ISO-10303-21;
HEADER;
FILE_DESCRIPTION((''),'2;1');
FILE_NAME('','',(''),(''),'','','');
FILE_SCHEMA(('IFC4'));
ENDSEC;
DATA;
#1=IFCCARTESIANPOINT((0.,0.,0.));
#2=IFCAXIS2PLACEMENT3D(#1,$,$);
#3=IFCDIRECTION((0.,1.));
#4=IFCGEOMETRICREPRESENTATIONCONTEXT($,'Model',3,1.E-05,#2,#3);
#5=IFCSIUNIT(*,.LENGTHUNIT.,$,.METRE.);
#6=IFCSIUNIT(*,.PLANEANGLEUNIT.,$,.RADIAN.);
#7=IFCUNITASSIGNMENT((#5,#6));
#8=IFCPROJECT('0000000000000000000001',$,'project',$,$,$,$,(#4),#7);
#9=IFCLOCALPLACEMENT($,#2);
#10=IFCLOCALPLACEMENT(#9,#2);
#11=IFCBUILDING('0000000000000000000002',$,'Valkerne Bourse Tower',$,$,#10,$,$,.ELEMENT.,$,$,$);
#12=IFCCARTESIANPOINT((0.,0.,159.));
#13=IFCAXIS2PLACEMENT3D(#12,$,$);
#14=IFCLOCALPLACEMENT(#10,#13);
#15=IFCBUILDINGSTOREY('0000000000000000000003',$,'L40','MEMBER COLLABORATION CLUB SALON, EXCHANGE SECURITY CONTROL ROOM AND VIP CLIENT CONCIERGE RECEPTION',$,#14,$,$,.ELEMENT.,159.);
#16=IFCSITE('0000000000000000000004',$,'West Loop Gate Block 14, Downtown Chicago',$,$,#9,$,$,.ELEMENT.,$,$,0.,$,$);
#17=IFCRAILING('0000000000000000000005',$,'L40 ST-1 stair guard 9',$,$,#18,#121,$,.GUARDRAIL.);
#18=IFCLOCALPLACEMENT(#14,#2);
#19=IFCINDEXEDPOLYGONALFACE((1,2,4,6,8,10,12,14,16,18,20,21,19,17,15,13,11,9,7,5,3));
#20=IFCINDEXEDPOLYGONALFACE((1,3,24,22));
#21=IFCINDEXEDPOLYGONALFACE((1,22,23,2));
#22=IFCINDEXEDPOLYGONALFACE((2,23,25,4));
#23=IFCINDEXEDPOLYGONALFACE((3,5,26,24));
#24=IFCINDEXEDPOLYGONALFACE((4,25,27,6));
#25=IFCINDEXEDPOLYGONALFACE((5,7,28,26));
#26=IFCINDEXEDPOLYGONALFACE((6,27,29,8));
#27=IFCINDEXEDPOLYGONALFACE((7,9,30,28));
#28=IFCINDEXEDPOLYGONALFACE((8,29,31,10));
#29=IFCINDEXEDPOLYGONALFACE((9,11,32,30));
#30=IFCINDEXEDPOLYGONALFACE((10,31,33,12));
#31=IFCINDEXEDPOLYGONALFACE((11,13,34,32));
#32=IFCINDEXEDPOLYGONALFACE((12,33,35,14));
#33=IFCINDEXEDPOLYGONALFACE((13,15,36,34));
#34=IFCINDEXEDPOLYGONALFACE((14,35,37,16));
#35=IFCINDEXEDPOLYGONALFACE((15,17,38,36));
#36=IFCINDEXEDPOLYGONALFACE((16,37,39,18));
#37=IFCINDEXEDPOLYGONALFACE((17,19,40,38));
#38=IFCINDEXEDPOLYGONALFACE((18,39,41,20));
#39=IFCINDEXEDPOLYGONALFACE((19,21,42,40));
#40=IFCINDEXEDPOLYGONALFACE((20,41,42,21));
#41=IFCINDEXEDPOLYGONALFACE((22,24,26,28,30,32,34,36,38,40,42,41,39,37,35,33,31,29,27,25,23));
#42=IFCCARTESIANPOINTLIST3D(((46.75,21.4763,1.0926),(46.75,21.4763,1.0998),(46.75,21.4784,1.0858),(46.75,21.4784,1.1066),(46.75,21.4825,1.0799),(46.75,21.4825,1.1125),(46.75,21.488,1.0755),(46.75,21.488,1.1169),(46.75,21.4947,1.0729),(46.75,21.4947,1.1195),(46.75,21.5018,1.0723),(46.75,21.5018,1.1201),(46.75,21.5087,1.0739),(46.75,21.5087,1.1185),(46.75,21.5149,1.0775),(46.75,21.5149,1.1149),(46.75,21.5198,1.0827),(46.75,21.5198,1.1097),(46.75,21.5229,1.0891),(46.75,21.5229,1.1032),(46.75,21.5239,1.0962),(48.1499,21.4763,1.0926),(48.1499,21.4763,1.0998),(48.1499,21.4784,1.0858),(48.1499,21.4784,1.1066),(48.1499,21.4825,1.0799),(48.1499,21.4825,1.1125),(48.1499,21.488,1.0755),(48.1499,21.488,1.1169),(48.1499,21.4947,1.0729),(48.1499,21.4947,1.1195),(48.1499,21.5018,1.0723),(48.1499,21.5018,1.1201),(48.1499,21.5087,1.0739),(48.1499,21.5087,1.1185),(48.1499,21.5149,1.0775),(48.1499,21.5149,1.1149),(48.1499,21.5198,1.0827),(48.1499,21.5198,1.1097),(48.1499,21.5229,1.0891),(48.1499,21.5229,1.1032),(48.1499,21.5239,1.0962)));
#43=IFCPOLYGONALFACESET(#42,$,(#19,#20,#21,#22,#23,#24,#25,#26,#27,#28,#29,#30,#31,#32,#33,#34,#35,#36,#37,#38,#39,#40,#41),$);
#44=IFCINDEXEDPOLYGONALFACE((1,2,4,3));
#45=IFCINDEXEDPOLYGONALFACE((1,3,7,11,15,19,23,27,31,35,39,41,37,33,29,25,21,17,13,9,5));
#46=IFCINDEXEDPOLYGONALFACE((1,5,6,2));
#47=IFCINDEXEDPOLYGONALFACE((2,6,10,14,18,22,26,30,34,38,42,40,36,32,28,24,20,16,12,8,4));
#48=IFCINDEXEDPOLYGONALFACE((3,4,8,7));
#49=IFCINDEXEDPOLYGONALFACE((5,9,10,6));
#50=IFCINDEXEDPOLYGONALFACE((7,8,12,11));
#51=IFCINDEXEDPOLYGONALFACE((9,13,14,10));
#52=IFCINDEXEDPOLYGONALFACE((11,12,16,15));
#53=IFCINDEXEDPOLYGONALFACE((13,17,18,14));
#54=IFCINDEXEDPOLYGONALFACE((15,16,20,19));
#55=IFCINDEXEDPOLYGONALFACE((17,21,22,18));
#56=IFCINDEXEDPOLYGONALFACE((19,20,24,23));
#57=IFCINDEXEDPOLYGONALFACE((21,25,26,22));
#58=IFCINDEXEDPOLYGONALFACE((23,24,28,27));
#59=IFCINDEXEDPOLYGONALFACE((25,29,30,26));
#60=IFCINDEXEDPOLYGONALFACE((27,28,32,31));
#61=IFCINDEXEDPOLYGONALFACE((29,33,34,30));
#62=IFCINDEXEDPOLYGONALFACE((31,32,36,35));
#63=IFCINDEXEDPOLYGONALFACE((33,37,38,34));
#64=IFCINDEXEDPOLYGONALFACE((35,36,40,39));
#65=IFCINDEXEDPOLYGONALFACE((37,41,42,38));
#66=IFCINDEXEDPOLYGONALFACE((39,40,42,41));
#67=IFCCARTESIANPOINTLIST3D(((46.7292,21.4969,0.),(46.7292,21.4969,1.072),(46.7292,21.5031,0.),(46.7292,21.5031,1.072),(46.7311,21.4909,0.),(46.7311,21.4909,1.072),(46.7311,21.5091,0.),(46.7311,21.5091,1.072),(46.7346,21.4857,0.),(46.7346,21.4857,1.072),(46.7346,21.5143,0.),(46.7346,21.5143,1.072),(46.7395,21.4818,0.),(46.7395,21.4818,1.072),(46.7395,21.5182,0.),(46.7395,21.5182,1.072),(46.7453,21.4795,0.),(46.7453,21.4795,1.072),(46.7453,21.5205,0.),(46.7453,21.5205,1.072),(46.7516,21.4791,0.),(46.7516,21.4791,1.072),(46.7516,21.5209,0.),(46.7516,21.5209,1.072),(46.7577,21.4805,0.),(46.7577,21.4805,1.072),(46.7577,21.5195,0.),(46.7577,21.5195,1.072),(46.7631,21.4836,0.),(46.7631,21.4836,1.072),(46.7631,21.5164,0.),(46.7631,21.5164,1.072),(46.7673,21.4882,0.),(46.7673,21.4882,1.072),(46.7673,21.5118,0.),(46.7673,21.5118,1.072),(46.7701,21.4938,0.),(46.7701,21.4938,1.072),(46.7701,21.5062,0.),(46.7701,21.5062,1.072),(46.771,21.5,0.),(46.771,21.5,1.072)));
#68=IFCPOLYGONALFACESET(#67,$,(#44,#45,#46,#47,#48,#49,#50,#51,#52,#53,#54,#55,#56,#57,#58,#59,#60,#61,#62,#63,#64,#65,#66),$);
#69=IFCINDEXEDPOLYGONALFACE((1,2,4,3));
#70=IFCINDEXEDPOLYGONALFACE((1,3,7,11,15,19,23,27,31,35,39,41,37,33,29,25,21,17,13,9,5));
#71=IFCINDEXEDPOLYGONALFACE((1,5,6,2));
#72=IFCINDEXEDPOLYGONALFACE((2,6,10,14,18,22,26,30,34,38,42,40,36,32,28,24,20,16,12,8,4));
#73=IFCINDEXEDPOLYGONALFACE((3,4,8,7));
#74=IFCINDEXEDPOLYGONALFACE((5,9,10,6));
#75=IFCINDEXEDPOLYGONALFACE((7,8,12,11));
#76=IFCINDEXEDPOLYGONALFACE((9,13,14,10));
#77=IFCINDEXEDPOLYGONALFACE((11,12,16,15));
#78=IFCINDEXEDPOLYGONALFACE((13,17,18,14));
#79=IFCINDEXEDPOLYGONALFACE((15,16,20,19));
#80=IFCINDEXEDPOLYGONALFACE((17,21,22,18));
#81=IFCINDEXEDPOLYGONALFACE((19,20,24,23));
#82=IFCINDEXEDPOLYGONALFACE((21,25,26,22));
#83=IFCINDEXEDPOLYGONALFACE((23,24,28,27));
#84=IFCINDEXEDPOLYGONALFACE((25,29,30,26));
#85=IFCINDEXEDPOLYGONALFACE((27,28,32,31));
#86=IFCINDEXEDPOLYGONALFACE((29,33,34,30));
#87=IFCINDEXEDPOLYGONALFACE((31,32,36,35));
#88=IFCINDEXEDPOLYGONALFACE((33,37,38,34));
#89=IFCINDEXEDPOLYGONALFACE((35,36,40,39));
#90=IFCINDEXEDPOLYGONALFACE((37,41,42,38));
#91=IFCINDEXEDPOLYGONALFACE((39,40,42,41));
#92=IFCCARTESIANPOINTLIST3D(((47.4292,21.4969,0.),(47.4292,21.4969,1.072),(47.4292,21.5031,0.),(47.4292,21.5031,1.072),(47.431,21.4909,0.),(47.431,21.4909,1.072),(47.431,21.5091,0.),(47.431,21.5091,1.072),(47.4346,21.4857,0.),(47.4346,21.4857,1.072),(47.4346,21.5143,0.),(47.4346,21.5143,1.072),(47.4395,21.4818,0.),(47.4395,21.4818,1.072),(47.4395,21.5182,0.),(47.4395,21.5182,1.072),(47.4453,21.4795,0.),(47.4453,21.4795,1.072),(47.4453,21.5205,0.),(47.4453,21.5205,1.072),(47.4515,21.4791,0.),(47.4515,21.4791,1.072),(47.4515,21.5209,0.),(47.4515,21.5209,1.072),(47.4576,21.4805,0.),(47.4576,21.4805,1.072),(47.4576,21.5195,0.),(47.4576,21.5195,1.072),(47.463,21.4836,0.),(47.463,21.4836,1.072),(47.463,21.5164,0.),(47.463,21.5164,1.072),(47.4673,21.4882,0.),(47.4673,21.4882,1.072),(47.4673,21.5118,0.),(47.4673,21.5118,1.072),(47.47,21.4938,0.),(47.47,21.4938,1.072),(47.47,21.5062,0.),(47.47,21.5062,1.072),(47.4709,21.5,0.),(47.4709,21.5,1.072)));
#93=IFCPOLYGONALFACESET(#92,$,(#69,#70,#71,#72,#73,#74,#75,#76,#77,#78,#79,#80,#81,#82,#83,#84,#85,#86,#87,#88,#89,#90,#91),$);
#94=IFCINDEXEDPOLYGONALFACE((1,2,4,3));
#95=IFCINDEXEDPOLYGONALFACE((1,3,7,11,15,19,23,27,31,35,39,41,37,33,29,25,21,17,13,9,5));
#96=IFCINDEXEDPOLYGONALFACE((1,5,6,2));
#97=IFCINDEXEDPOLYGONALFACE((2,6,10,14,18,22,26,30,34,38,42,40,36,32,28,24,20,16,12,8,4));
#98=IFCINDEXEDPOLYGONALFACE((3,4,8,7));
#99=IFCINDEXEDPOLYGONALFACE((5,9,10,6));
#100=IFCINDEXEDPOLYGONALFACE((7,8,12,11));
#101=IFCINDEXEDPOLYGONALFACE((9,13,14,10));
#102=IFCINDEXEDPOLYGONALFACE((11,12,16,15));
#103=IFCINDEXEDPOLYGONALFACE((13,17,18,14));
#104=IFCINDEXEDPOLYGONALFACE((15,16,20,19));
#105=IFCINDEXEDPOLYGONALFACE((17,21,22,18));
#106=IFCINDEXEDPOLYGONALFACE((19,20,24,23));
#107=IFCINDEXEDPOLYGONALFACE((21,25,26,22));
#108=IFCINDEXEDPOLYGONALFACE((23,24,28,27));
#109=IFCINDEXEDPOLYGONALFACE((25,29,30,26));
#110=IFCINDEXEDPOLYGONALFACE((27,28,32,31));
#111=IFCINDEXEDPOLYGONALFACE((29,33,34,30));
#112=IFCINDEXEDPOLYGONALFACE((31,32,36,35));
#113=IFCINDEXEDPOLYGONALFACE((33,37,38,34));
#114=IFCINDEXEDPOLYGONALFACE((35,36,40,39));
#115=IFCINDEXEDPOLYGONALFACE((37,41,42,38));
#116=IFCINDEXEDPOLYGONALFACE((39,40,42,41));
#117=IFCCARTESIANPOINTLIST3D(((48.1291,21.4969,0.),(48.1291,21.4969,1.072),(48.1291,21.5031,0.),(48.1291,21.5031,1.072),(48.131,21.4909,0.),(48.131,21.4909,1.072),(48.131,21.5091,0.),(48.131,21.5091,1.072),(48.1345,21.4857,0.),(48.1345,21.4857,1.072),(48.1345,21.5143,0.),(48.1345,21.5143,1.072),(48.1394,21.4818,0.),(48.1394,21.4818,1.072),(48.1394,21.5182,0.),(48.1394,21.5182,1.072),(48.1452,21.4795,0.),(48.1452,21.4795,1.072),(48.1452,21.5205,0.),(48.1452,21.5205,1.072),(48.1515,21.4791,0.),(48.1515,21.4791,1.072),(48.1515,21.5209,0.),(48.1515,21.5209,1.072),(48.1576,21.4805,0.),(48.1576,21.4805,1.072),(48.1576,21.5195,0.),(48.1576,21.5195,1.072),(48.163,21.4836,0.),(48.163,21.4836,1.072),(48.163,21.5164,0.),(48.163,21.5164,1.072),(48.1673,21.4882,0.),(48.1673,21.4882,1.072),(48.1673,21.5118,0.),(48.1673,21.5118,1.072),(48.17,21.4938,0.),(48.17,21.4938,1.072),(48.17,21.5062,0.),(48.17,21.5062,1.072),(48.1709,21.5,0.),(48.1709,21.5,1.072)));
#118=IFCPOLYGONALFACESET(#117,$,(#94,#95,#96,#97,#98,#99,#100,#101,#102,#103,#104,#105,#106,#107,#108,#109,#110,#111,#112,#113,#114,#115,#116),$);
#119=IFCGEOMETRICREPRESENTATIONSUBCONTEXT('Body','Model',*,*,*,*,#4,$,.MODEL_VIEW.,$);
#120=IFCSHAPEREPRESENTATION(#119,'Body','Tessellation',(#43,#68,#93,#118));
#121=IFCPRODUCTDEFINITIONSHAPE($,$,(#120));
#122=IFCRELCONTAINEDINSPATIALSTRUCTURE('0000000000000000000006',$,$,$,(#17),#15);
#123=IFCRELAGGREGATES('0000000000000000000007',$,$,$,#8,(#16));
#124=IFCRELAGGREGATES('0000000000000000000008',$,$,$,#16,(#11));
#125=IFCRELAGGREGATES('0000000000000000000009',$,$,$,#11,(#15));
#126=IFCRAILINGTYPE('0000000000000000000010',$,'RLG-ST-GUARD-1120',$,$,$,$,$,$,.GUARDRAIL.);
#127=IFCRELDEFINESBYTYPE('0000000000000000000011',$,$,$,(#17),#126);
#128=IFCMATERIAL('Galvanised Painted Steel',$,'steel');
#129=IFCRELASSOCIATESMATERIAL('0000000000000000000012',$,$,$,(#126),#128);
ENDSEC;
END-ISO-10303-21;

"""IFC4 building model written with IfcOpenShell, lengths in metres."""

from ifc_helpers import new_model, si_unit, direction, frame, origin, origin_2d, place, context, subcontext, project, spatial, circle, extrude, material, type_object, element, save


model = new_model("IFC4")

# Units and contexts
model_context = context("Model", 3, precision=1e-05, world=origin(), true_north=direction((0.0, 1.0)))
body_context = subcontext(model_context, "Body", "Model", "MODEL_VIEW")
ifc_project = project(units=[si_unit("LENGTHUNIT", "METRE"), si_unit("PLANEANGLEUNIT", "RADIAN")], contexts=[model_context])

# Site, building, storey
site_placement = place(None, origin())
site = spatial("IfcSite", under=ifc_project, at=site_placement, Name="West Loop Gate Block 14, Downtown Chicago", CompositionType="ELEMENT", RefElevation=0.0)
building_placement = place(site_placement, origin())
building = spatial("IfcBuilding", under=site, at=building_placement, Name="Valkerne Bourse Tower", CompositionType="ELEMENT")
storey_placement = place(building_placement, frame((0.0, 0.0, 159.0)))
storey = spatial("IfcBuildingStorey", under=building, at=storey_placement, Name="L40", Description="MEMBER COLLABORATION CLUB SALON, EXCHANGE SECURITY CONTROL ROOM AND VIP CLIENT CONCIERGE RECEPTION", CompositionType="ELEMENT", Elevation=159.0)

# Shared definitions
ifc_material_1 = material(Name="Galvanised Painted Steel", Category="steel")

# Railing
railing_type_1 = type_object("IfcRailingType", Name="RLG-ST-GUARD-1120", PredefinedType="GUARDRAIL", material=ifc_material_1)
for number, where, name in (
    (1, (46.75, 21.5, 0.0), "L40 ST-1 stair guard 9"),
):
    element("IfcRailing", number, at=place(storey_placement, frame(where)), inside=storey, type_object=railing_type_1, Name=name, PredefinedType="GUARDRAIL", context=body_context, shape_type="SweptSolid", body=[
        extrude(circle(Radius=0.0239, at=origin_2d()), frame((0.0, 0.0, 1.0962), z_axis=(1.0, 0.0, 0.0), x_axis=(0.0, 1.0, 0.0)), (0.0, 0.0, 1.0), 1.3999),
        extrude(circle(Radius=0.021, at=origin_2d()), origin(), (0.0, 0.0, 1.0), 1.072),
        extrude(circle(Radius=0.021, at=origin_2d()), frame((0.7, 0.0, 0.0)), (0.0, 0.0, 1.0), 1.072),
        extrude(circle(Radius=0.021, at=origin_2d()), frame((1.3999, 0.0, 0.0)), (0.0, 0.0, 1.0), 1.072),
    ])

save(model, "model.ifc")
